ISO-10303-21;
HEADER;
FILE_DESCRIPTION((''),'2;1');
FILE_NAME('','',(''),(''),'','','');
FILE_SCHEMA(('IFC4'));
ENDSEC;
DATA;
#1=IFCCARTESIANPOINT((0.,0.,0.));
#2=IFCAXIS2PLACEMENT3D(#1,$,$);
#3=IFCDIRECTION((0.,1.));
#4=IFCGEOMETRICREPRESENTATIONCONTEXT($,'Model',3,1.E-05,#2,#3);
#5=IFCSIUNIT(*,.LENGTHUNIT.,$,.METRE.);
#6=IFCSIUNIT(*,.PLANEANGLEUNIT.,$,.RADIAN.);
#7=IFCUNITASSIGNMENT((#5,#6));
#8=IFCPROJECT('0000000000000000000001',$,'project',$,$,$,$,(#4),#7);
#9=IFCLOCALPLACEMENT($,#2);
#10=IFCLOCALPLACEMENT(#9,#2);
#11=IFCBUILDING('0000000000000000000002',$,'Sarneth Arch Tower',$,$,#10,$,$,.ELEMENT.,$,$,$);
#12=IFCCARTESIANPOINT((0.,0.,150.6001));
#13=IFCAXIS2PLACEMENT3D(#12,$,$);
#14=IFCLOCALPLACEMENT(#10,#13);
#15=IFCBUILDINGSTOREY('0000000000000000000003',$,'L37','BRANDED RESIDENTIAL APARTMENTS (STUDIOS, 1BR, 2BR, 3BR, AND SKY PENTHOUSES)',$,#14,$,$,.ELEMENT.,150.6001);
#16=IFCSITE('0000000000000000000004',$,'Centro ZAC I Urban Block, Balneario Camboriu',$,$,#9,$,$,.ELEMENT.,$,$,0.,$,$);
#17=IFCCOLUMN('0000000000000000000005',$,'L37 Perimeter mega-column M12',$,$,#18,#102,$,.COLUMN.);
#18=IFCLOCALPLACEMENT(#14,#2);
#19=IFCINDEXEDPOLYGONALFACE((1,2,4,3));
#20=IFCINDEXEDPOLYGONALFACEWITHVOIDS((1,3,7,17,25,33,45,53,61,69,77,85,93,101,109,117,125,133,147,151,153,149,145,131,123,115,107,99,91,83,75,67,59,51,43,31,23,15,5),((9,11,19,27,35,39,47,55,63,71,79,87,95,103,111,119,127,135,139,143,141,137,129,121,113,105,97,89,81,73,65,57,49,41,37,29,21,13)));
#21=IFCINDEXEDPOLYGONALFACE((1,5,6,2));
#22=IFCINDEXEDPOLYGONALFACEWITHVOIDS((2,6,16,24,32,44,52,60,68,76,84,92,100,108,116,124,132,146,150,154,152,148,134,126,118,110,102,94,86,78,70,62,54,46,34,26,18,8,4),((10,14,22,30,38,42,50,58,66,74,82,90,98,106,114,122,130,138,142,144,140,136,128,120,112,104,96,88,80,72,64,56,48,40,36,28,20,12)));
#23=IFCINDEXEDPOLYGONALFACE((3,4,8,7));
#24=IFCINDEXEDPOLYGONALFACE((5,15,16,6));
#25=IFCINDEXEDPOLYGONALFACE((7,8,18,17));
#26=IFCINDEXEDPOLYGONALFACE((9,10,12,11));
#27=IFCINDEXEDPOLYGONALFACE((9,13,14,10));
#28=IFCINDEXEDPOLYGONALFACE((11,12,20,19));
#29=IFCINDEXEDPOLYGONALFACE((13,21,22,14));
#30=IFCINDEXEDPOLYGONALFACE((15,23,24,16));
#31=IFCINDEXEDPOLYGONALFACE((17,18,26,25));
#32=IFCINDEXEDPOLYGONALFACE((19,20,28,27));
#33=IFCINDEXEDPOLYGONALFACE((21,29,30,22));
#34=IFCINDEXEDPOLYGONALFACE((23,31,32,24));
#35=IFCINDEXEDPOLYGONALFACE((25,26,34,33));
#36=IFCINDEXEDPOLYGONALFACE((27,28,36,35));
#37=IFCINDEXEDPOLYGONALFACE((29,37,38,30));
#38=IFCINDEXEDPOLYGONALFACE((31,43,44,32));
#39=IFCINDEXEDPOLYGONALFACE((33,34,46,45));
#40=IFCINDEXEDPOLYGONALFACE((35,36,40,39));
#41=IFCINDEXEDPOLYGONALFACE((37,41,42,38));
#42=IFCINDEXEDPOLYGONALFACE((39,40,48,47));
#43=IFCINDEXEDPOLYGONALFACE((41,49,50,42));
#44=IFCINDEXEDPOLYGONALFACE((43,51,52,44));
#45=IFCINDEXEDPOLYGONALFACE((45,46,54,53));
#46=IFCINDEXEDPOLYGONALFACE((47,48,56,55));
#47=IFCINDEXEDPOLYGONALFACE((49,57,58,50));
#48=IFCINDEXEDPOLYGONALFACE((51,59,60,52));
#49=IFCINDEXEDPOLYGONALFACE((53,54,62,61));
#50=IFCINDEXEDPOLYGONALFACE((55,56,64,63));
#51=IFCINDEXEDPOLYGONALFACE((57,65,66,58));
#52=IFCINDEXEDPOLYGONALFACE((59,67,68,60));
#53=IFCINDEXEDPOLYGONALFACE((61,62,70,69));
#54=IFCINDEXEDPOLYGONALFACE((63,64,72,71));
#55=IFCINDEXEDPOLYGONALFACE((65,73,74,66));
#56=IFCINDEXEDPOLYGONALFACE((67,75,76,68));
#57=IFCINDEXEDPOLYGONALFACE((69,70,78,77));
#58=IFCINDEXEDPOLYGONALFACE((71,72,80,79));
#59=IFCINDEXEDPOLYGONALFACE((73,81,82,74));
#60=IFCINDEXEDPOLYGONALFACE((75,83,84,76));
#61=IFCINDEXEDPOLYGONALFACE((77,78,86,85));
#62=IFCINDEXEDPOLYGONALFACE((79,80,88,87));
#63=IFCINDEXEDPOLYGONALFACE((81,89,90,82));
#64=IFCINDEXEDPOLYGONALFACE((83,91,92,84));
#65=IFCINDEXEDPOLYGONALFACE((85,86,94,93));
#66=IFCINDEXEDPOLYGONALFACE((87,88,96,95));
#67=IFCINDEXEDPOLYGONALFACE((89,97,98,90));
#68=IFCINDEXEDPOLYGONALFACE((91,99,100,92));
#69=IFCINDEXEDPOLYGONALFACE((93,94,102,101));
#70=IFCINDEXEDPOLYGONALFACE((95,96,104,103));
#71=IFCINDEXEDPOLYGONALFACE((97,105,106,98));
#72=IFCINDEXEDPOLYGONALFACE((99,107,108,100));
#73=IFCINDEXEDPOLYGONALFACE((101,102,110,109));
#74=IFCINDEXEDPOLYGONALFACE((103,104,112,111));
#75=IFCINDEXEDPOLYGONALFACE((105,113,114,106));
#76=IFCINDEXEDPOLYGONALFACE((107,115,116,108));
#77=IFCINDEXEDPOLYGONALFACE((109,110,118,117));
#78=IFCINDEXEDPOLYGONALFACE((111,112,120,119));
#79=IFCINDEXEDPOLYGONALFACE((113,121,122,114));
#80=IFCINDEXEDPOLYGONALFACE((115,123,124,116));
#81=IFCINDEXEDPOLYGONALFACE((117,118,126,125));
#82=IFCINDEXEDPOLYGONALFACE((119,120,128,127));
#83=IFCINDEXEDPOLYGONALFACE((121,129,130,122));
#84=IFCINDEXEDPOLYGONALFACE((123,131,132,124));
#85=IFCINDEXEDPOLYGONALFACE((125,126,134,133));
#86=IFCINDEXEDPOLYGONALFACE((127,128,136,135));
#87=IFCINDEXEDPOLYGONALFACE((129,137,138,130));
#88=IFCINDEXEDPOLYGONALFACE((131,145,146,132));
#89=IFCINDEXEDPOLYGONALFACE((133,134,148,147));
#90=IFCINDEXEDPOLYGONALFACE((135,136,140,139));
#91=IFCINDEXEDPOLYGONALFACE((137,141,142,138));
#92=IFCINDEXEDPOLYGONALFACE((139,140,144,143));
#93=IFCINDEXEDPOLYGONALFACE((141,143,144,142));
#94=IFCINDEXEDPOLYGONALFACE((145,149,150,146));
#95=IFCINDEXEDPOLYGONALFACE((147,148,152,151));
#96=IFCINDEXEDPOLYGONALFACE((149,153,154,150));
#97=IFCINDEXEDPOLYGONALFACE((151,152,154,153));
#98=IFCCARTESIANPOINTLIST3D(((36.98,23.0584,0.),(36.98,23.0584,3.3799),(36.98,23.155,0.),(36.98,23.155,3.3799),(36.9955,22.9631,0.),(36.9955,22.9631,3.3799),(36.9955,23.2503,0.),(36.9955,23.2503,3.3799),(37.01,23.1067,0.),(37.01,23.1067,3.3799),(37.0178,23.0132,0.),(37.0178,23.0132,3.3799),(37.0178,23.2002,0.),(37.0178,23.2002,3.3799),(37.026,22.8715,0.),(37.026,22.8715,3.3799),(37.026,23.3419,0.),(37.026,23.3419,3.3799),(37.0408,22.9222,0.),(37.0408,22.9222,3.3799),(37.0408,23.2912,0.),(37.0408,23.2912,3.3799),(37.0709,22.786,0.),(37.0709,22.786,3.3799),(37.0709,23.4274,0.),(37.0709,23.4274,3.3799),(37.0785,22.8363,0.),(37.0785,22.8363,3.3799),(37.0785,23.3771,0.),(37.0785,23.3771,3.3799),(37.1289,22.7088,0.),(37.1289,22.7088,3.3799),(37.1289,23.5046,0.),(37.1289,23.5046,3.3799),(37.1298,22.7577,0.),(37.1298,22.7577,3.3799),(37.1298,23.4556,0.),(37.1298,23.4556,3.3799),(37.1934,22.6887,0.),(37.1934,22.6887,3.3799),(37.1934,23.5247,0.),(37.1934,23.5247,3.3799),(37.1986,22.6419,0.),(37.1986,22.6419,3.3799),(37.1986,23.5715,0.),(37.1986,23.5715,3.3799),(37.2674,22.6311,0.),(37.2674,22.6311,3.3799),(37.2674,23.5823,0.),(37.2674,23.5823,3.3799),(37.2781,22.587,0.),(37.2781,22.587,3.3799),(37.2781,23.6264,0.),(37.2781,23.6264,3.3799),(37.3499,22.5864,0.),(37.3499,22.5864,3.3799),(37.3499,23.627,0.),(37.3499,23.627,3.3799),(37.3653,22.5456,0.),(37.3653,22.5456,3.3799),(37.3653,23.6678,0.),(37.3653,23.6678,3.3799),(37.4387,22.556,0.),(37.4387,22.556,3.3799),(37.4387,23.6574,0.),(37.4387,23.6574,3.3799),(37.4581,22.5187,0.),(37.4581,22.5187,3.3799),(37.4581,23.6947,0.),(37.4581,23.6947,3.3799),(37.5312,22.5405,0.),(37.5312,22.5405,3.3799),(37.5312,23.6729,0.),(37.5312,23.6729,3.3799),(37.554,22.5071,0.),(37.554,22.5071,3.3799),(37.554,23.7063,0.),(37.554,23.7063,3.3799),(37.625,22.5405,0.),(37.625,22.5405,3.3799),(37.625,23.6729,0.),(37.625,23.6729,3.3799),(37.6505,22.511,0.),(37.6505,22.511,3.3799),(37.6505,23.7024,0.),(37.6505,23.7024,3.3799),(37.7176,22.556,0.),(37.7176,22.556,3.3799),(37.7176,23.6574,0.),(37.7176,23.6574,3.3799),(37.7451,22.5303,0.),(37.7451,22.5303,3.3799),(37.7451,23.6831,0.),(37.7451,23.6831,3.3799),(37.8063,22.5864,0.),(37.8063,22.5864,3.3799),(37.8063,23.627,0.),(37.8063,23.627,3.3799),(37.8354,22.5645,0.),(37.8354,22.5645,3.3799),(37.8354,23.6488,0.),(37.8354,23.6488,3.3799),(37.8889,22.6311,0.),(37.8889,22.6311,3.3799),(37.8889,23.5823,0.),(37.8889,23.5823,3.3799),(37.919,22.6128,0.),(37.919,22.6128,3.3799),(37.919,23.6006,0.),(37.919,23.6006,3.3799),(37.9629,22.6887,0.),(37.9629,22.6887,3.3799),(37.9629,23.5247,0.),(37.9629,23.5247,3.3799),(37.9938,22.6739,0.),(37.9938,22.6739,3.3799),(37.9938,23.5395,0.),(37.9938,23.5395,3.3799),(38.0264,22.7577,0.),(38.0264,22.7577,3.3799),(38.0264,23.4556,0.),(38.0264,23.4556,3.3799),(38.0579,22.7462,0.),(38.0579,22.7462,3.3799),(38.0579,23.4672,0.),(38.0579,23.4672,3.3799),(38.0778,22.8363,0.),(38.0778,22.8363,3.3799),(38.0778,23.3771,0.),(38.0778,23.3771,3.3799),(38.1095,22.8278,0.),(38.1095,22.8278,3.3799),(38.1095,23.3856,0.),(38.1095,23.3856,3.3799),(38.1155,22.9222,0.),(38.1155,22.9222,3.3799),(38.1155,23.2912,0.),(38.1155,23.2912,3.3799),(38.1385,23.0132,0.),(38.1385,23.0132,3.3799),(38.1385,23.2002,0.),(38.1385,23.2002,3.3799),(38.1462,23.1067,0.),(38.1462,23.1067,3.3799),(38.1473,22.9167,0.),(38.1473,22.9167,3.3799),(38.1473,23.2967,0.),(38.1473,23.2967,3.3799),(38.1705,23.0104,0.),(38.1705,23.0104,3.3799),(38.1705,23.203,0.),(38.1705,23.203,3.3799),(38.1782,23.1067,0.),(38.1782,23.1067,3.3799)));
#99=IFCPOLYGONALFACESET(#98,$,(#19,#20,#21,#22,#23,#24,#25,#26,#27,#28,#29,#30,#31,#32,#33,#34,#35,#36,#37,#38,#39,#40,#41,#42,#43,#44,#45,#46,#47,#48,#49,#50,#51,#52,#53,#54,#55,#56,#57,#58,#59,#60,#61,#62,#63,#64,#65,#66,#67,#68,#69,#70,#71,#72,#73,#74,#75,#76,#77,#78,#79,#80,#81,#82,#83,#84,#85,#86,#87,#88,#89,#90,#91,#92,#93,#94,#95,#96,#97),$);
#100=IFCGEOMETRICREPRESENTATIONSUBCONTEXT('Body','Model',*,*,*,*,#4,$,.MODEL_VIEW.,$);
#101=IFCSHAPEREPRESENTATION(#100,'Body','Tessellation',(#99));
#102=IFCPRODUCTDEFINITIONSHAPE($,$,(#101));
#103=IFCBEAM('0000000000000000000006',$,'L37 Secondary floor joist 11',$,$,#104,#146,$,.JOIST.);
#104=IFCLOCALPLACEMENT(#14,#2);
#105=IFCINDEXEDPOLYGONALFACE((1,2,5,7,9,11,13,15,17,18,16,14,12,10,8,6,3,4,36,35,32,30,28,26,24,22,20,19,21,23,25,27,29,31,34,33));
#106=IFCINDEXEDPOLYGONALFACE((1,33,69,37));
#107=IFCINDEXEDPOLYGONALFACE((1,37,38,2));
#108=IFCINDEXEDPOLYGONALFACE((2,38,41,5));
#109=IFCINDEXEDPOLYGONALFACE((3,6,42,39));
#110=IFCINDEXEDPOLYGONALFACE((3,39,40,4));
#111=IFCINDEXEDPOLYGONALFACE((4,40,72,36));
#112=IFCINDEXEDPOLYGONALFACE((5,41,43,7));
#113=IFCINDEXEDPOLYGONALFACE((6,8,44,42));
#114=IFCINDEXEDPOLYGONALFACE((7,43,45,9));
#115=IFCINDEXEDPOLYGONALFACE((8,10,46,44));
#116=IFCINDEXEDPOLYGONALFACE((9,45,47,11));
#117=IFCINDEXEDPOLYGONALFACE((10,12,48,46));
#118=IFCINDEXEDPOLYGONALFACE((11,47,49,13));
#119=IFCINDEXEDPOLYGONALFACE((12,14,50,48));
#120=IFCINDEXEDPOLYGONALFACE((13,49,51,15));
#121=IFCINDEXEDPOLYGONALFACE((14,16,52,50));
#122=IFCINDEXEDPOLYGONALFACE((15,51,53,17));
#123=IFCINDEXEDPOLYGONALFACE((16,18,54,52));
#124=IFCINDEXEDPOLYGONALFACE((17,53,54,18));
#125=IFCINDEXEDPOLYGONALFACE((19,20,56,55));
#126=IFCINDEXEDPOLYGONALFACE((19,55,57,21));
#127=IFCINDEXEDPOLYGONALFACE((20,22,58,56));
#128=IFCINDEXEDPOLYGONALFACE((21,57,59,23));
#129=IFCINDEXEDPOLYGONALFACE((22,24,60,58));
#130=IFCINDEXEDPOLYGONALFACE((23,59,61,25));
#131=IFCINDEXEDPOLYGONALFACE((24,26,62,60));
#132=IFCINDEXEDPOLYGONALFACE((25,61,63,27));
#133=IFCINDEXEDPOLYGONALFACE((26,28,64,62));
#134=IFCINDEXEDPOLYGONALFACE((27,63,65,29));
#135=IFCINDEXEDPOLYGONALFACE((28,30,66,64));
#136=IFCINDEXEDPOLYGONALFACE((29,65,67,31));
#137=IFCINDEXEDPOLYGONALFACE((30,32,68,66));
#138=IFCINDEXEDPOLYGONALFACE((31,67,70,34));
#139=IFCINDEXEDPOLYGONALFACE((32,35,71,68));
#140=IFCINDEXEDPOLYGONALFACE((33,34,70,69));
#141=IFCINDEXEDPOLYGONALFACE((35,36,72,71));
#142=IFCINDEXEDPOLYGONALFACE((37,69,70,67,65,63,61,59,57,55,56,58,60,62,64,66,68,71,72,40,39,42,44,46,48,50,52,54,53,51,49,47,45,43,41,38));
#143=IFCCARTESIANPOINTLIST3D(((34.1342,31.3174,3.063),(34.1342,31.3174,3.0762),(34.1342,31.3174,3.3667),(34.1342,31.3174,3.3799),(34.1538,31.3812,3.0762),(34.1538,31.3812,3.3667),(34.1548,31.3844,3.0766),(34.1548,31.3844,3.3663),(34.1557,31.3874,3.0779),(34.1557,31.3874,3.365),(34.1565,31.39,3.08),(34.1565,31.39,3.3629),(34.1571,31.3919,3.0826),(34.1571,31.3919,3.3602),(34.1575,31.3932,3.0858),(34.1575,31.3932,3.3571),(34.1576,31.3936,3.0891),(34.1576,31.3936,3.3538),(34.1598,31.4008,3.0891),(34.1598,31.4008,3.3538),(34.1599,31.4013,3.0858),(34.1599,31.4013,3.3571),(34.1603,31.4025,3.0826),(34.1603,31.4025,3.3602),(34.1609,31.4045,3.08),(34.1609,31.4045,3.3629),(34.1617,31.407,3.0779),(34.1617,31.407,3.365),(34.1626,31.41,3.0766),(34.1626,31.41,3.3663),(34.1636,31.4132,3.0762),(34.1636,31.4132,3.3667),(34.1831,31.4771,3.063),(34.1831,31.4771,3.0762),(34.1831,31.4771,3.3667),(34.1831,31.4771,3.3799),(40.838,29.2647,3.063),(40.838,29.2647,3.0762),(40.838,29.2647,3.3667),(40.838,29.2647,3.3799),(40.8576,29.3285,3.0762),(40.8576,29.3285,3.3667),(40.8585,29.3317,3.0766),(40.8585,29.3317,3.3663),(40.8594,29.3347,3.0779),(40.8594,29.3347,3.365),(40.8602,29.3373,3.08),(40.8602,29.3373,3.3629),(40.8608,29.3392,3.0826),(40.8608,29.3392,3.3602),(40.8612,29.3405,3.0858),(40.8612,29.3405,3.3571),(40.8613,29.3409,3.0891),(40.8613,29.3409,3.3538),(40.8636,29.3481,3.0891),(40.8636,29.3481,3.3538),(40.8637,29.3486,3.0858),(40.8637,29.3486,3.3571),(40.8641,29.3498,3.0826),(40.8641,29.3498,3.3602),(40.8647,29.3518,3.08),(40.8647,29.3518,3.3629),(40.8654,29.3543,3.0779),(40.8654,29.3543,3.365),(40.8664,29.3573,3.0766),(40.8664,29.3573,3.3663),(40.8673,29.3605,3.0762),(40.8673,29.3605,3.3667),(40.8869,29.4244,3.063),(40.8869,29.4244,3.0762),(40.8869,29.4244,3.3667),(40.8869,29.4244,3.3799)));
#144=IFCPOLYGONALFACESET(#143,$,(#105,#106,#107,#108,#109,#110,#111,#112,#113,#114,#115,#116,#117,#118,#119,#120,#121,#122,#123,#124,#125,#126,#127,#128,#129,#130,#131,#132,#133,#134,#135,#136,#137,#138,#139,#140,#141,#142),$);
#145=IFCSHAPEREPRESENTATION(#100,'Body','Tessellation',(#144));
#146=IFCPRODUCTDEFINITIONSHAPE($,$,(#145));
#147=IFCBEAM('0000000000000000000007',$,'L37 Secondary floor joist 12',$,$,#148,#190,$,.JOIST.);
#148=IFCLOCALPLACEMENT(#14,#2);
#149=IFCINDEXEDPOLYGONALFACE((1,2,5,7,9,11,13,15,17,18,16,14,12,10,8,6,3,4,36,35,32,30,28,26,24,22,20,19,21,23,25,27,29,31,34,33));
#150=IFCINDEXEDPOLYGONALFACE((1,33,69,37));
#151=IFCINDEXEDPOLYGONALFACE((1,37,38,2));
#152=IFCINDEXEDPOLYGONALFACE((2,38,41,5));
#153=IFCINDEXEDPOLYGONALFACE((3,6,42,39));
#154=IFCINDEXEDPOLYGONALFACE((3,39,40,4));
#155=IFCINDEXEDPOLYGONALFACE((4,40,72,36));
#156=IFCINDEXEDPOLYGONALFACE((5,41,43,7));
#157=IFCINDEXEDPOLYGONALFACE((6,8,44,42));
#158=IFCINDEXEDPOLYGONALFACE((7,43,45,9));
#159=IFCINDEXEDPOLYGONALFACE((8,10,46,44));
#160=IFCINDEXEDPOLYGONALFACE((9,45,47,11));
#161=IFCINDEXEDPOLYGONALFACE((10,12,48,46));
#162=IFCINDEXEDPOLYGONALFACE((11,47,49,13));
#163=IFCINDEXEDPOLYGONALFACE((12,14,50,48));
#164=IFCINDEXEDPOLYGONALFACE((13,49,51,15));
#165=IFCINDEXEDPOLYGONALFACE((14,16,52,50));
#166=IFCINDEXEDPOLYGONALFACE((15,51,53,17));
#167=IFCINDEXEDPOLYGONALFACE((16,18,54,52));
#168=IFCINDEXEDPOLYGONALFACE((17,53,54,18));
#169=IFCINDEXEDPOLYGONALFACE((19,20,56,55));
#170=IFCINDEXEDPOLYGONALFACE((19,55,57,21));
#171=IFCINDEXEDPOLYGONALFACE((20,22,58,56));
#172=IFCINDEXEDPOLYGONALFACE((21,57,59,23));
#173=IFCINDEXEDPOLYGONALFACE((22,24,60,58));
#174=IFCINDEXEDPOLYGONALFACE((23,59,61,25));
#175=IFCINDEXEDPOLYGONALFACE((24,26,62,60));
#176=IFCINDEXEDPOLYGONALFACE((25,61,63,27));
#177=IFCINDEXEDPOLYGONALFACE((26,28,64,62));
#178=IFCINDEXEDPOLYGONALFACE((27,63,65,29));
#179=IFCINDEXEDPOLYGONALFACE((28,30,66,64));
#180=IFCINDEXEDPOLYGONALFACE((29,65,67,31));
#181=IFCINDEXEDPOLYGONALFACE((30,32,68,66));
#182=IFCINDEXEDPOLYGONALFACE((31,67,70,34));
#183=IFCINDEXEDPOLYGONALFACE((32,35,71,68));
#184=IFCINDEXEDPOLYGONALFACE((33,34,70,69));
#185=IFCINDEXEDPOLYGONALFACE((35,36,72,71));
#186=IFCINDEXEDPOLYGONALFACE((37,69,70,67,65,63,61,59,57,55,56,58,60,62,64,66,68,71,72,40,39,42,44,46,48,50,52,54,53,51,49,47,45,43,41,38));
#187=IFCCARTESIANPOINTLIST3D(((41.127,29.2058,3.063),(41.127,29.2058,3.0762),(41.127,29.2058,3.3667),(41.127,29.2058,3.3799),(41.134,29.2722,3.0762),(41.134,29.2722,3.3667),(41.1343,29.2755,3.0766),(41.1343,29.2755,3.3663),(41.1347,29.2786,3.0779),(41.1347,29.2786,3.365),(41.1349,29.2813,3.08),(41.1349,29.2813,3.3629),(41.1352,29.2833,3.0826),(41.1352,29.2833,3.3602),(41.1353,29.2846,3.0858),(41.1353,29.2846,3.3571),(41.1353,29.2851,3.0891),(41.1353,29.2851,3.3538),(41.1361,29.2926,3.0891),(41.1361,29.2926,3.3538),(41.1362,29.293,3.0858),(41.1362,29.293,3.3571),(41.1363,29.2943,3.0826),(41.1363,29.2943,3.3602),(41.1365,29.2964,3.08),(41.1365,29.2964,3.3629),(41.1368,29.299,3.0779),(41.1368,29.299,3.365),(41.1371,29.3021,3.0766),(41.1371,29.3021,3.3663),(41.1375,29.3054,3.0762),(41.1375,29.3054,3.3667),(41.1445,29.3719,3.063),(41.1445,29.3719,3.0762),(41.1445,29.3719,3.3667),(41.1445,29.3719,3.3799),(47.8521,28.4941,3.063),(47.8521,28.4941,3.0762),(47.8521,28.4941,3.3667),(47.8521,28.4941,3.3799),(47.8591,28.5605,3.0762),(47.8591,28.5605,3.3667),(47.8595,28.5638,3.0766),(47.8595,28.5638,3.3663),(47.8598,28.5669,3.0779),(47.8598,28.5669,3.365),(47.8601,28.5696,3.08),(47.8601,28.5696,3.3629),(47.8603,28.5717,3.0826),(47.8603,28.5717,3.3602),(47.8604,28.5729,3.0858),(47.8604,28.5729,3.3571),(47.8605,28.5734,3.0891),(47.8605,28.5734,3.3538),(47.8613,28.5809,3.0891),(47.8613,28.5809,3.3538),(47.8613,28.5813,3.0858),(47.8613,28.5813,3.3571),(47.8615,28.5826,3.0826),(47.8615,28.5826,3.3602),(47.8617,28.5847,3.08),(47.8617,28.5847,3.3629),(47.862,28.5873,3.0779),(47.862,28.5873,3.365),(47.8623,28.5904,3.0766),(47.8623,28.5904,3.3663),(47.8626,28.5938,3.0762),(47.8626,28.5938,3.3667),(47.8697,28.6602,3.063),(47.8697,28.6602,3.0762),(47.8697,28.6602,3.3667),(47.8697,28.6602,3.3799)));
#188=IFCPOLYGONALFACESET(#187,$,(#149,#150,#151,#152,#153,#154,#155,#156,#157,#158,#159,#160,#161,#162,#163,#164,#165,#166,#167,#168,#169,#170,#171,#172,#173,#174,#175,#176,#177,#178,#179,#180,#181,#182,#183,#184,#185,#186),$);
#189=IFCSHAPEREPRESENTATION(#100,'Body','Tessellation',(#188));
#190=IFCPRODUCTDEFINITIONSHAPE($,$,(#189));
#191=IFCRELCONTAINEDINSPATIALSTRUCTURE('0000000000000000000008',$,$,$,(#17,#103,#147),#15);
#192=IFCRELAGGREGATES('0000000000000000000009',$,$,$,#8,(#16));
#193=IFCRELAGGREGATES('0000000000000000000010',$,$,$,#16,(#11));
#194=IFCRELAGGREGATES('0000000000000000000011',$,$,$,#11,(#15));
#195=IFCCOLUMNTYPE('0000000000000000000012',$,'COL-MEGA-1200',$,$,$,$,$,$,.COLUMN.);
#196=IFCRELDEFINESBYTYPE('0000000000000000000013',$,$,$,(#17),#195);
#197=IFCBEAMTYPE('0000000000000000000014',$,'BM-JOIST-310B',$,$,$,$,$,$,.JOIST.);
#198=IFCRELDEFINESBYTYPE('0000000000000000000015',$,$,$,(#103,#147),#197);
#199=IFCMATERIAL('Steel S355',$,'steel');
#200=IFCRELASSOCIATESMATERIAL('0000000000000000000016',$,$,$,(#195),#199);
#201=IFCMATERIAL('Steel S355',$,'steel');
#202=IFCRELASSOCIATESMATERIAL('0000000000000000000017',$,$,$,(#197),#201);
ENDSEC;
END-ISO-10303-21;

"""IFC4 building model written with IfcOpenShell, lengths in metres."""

from ifc_helpers import new_model, si_unit, direction, frame, origin, origin_2d, place, context, subcontext, project, spatial, hollow_circle, i_section, extrude, material, material_profile, profile_set, type_object, element, save


model = new_model("IFC4")

# Units and contexts
model_context = context("Model", 3, precision=1e-05, world=origin(), true_north=direction((0.0, 1.0)))
body_context = subcontext(model_context, "Body", "Model", "MODEL_VIEW")
ifc_project = project(units=[si_unit("LENGTHUNIT", "METRE"), si_unit("PLANEANGLEUNIT", "RADIAN")], contexts=[model_context])

# Site, building, storey
site_placement = place(None, origin())
site = spatial("IfcSite", under=ifc_project, at=site_placement, Name="Centro ZAC I Urban Block, Balneario Camboriu", CompositionType="ELEMENT", RefElevation=0.0)
building_placement = place(site_placement, origin())
building = spatial("IfcBuilding", under=site, at=building_placement, Name="Sarneth Arch Tower", CompositionType="ELEMENT")
storey_placement = place(building_placement, frame((0.0, 0.0, 150.6001)))
storey = spatial("IfcBuildingStorey", under=building, at=storey_placement, Name="L37", Description="BRANDED RESIDENTIAL APARTMENTS (STUDIOS, 1BR, 2BR, 3BR, AND SKY PENTHOUSES)", CompositionType="ELEMENT", Elevation=150.6001)

# Column
ifc_material_1 = material(Name="Steel S355", Category="steel")
ifc_material_profile_1 = material_profile(ifc_material_1, hollow_circle(Radius=0.6001, WallThickness=0.032, at=origin_2d()), Name="CHS1200x32")
ifc_profile_set_1 = profile_set([ifc_material_profile_1], Name="Steel S355")
column_type = type_object("IfcColumnType", Name="COL-MEGA-1200", PredefinedType="COLUMN", material=ifc_profile_set_1)
column_placement = place(storey_placement, frame((37.5781, 23.1067, 0.0), z_axis=(0.0, 0.0, 1.0), x_axis=(1.0, 0.0, 0.0)))
element("IfcColumn", 1, at=column_placement, inside=storey, type_object=column_type, Name="L37 Perimeter mega-column M12", PredefinedType="COLUMN", context=body_context, shape_type="SweptSolid", body=[
    extrude(hollow_circle(Radius=0.6001, WallThickness=0.032, at=origin_2d()), origin(), (0.0, 0.0, 1.0), 3.3799),
])

# Beams
ifc_material_2 = material(Name="Steel S355", Category="steel")
ifc_material_profile_2 = material_profile(ifc_material_2, i_section(OverallWidth=0.167, OverallDepth=0.3169, WebThickness=0.0076, FlangeThickness=0.0132, FilletRadius=0.0129, at=origin_2d()), Name="W310x52")
ifc_profile_set_2 = profile_set([ifc_material_profile_2], Name="Steel S355")
beam_type_1 = type_object("IfcBeamType", Name="BM-JOIST-310B", PredefinedType="JOIST", material=ifc_profile_set_2)
beam_1_placement = place(storey_placement, frame((34.1587, 31.3972, 3.2214), z_axis=(0.956179, -0.292784, 0.0), x_axis=(0.292784, 0.956179, 0.0)))
element("IfcBeam", 2, at=beam_1_placement, inside=storey, type_object=beam_type_1, Name="L37 Secondary floor joist 11", PredefinedType="JOIST", context=body_context, shape_type="SweptSolid", body=[
    extrude(i_section(OverallWidth=0.167, OverallDepth=0.3169, WebThickness=0.0076, FlangeThickness=0.0132, FilletRadius=0.0129, at=origin_2d()), origin(), (0.0, 0.0, 1.0), 7.011),
])
beam_2_placement = place(storey_placement, frame((41.1357, 29.2888, 3.2214), z_axis=(0.994447, -0.105235, 0.0), x_axis=(0.105235, 0.994447, 0.0)))
element("IfcBeam", 3, at=beam_2_placement, inside=storey, type_object=beam_type_1, Name="L37 Secondary floor joist 12", PredefinedType="JOIST", context=body_context, shape_type="SweptSolid", body=[
    extrude(i_section(OverallWidth=0.167, OverallDepth=0.3169, WebThickness=0.0076, FlangeThickness=0.0132, FilletRadius=0.0129, at=origin_2d()), origin(), (0.0, 0.0, 1.0), 6.7627),
])

save(model, "model.ifc")
